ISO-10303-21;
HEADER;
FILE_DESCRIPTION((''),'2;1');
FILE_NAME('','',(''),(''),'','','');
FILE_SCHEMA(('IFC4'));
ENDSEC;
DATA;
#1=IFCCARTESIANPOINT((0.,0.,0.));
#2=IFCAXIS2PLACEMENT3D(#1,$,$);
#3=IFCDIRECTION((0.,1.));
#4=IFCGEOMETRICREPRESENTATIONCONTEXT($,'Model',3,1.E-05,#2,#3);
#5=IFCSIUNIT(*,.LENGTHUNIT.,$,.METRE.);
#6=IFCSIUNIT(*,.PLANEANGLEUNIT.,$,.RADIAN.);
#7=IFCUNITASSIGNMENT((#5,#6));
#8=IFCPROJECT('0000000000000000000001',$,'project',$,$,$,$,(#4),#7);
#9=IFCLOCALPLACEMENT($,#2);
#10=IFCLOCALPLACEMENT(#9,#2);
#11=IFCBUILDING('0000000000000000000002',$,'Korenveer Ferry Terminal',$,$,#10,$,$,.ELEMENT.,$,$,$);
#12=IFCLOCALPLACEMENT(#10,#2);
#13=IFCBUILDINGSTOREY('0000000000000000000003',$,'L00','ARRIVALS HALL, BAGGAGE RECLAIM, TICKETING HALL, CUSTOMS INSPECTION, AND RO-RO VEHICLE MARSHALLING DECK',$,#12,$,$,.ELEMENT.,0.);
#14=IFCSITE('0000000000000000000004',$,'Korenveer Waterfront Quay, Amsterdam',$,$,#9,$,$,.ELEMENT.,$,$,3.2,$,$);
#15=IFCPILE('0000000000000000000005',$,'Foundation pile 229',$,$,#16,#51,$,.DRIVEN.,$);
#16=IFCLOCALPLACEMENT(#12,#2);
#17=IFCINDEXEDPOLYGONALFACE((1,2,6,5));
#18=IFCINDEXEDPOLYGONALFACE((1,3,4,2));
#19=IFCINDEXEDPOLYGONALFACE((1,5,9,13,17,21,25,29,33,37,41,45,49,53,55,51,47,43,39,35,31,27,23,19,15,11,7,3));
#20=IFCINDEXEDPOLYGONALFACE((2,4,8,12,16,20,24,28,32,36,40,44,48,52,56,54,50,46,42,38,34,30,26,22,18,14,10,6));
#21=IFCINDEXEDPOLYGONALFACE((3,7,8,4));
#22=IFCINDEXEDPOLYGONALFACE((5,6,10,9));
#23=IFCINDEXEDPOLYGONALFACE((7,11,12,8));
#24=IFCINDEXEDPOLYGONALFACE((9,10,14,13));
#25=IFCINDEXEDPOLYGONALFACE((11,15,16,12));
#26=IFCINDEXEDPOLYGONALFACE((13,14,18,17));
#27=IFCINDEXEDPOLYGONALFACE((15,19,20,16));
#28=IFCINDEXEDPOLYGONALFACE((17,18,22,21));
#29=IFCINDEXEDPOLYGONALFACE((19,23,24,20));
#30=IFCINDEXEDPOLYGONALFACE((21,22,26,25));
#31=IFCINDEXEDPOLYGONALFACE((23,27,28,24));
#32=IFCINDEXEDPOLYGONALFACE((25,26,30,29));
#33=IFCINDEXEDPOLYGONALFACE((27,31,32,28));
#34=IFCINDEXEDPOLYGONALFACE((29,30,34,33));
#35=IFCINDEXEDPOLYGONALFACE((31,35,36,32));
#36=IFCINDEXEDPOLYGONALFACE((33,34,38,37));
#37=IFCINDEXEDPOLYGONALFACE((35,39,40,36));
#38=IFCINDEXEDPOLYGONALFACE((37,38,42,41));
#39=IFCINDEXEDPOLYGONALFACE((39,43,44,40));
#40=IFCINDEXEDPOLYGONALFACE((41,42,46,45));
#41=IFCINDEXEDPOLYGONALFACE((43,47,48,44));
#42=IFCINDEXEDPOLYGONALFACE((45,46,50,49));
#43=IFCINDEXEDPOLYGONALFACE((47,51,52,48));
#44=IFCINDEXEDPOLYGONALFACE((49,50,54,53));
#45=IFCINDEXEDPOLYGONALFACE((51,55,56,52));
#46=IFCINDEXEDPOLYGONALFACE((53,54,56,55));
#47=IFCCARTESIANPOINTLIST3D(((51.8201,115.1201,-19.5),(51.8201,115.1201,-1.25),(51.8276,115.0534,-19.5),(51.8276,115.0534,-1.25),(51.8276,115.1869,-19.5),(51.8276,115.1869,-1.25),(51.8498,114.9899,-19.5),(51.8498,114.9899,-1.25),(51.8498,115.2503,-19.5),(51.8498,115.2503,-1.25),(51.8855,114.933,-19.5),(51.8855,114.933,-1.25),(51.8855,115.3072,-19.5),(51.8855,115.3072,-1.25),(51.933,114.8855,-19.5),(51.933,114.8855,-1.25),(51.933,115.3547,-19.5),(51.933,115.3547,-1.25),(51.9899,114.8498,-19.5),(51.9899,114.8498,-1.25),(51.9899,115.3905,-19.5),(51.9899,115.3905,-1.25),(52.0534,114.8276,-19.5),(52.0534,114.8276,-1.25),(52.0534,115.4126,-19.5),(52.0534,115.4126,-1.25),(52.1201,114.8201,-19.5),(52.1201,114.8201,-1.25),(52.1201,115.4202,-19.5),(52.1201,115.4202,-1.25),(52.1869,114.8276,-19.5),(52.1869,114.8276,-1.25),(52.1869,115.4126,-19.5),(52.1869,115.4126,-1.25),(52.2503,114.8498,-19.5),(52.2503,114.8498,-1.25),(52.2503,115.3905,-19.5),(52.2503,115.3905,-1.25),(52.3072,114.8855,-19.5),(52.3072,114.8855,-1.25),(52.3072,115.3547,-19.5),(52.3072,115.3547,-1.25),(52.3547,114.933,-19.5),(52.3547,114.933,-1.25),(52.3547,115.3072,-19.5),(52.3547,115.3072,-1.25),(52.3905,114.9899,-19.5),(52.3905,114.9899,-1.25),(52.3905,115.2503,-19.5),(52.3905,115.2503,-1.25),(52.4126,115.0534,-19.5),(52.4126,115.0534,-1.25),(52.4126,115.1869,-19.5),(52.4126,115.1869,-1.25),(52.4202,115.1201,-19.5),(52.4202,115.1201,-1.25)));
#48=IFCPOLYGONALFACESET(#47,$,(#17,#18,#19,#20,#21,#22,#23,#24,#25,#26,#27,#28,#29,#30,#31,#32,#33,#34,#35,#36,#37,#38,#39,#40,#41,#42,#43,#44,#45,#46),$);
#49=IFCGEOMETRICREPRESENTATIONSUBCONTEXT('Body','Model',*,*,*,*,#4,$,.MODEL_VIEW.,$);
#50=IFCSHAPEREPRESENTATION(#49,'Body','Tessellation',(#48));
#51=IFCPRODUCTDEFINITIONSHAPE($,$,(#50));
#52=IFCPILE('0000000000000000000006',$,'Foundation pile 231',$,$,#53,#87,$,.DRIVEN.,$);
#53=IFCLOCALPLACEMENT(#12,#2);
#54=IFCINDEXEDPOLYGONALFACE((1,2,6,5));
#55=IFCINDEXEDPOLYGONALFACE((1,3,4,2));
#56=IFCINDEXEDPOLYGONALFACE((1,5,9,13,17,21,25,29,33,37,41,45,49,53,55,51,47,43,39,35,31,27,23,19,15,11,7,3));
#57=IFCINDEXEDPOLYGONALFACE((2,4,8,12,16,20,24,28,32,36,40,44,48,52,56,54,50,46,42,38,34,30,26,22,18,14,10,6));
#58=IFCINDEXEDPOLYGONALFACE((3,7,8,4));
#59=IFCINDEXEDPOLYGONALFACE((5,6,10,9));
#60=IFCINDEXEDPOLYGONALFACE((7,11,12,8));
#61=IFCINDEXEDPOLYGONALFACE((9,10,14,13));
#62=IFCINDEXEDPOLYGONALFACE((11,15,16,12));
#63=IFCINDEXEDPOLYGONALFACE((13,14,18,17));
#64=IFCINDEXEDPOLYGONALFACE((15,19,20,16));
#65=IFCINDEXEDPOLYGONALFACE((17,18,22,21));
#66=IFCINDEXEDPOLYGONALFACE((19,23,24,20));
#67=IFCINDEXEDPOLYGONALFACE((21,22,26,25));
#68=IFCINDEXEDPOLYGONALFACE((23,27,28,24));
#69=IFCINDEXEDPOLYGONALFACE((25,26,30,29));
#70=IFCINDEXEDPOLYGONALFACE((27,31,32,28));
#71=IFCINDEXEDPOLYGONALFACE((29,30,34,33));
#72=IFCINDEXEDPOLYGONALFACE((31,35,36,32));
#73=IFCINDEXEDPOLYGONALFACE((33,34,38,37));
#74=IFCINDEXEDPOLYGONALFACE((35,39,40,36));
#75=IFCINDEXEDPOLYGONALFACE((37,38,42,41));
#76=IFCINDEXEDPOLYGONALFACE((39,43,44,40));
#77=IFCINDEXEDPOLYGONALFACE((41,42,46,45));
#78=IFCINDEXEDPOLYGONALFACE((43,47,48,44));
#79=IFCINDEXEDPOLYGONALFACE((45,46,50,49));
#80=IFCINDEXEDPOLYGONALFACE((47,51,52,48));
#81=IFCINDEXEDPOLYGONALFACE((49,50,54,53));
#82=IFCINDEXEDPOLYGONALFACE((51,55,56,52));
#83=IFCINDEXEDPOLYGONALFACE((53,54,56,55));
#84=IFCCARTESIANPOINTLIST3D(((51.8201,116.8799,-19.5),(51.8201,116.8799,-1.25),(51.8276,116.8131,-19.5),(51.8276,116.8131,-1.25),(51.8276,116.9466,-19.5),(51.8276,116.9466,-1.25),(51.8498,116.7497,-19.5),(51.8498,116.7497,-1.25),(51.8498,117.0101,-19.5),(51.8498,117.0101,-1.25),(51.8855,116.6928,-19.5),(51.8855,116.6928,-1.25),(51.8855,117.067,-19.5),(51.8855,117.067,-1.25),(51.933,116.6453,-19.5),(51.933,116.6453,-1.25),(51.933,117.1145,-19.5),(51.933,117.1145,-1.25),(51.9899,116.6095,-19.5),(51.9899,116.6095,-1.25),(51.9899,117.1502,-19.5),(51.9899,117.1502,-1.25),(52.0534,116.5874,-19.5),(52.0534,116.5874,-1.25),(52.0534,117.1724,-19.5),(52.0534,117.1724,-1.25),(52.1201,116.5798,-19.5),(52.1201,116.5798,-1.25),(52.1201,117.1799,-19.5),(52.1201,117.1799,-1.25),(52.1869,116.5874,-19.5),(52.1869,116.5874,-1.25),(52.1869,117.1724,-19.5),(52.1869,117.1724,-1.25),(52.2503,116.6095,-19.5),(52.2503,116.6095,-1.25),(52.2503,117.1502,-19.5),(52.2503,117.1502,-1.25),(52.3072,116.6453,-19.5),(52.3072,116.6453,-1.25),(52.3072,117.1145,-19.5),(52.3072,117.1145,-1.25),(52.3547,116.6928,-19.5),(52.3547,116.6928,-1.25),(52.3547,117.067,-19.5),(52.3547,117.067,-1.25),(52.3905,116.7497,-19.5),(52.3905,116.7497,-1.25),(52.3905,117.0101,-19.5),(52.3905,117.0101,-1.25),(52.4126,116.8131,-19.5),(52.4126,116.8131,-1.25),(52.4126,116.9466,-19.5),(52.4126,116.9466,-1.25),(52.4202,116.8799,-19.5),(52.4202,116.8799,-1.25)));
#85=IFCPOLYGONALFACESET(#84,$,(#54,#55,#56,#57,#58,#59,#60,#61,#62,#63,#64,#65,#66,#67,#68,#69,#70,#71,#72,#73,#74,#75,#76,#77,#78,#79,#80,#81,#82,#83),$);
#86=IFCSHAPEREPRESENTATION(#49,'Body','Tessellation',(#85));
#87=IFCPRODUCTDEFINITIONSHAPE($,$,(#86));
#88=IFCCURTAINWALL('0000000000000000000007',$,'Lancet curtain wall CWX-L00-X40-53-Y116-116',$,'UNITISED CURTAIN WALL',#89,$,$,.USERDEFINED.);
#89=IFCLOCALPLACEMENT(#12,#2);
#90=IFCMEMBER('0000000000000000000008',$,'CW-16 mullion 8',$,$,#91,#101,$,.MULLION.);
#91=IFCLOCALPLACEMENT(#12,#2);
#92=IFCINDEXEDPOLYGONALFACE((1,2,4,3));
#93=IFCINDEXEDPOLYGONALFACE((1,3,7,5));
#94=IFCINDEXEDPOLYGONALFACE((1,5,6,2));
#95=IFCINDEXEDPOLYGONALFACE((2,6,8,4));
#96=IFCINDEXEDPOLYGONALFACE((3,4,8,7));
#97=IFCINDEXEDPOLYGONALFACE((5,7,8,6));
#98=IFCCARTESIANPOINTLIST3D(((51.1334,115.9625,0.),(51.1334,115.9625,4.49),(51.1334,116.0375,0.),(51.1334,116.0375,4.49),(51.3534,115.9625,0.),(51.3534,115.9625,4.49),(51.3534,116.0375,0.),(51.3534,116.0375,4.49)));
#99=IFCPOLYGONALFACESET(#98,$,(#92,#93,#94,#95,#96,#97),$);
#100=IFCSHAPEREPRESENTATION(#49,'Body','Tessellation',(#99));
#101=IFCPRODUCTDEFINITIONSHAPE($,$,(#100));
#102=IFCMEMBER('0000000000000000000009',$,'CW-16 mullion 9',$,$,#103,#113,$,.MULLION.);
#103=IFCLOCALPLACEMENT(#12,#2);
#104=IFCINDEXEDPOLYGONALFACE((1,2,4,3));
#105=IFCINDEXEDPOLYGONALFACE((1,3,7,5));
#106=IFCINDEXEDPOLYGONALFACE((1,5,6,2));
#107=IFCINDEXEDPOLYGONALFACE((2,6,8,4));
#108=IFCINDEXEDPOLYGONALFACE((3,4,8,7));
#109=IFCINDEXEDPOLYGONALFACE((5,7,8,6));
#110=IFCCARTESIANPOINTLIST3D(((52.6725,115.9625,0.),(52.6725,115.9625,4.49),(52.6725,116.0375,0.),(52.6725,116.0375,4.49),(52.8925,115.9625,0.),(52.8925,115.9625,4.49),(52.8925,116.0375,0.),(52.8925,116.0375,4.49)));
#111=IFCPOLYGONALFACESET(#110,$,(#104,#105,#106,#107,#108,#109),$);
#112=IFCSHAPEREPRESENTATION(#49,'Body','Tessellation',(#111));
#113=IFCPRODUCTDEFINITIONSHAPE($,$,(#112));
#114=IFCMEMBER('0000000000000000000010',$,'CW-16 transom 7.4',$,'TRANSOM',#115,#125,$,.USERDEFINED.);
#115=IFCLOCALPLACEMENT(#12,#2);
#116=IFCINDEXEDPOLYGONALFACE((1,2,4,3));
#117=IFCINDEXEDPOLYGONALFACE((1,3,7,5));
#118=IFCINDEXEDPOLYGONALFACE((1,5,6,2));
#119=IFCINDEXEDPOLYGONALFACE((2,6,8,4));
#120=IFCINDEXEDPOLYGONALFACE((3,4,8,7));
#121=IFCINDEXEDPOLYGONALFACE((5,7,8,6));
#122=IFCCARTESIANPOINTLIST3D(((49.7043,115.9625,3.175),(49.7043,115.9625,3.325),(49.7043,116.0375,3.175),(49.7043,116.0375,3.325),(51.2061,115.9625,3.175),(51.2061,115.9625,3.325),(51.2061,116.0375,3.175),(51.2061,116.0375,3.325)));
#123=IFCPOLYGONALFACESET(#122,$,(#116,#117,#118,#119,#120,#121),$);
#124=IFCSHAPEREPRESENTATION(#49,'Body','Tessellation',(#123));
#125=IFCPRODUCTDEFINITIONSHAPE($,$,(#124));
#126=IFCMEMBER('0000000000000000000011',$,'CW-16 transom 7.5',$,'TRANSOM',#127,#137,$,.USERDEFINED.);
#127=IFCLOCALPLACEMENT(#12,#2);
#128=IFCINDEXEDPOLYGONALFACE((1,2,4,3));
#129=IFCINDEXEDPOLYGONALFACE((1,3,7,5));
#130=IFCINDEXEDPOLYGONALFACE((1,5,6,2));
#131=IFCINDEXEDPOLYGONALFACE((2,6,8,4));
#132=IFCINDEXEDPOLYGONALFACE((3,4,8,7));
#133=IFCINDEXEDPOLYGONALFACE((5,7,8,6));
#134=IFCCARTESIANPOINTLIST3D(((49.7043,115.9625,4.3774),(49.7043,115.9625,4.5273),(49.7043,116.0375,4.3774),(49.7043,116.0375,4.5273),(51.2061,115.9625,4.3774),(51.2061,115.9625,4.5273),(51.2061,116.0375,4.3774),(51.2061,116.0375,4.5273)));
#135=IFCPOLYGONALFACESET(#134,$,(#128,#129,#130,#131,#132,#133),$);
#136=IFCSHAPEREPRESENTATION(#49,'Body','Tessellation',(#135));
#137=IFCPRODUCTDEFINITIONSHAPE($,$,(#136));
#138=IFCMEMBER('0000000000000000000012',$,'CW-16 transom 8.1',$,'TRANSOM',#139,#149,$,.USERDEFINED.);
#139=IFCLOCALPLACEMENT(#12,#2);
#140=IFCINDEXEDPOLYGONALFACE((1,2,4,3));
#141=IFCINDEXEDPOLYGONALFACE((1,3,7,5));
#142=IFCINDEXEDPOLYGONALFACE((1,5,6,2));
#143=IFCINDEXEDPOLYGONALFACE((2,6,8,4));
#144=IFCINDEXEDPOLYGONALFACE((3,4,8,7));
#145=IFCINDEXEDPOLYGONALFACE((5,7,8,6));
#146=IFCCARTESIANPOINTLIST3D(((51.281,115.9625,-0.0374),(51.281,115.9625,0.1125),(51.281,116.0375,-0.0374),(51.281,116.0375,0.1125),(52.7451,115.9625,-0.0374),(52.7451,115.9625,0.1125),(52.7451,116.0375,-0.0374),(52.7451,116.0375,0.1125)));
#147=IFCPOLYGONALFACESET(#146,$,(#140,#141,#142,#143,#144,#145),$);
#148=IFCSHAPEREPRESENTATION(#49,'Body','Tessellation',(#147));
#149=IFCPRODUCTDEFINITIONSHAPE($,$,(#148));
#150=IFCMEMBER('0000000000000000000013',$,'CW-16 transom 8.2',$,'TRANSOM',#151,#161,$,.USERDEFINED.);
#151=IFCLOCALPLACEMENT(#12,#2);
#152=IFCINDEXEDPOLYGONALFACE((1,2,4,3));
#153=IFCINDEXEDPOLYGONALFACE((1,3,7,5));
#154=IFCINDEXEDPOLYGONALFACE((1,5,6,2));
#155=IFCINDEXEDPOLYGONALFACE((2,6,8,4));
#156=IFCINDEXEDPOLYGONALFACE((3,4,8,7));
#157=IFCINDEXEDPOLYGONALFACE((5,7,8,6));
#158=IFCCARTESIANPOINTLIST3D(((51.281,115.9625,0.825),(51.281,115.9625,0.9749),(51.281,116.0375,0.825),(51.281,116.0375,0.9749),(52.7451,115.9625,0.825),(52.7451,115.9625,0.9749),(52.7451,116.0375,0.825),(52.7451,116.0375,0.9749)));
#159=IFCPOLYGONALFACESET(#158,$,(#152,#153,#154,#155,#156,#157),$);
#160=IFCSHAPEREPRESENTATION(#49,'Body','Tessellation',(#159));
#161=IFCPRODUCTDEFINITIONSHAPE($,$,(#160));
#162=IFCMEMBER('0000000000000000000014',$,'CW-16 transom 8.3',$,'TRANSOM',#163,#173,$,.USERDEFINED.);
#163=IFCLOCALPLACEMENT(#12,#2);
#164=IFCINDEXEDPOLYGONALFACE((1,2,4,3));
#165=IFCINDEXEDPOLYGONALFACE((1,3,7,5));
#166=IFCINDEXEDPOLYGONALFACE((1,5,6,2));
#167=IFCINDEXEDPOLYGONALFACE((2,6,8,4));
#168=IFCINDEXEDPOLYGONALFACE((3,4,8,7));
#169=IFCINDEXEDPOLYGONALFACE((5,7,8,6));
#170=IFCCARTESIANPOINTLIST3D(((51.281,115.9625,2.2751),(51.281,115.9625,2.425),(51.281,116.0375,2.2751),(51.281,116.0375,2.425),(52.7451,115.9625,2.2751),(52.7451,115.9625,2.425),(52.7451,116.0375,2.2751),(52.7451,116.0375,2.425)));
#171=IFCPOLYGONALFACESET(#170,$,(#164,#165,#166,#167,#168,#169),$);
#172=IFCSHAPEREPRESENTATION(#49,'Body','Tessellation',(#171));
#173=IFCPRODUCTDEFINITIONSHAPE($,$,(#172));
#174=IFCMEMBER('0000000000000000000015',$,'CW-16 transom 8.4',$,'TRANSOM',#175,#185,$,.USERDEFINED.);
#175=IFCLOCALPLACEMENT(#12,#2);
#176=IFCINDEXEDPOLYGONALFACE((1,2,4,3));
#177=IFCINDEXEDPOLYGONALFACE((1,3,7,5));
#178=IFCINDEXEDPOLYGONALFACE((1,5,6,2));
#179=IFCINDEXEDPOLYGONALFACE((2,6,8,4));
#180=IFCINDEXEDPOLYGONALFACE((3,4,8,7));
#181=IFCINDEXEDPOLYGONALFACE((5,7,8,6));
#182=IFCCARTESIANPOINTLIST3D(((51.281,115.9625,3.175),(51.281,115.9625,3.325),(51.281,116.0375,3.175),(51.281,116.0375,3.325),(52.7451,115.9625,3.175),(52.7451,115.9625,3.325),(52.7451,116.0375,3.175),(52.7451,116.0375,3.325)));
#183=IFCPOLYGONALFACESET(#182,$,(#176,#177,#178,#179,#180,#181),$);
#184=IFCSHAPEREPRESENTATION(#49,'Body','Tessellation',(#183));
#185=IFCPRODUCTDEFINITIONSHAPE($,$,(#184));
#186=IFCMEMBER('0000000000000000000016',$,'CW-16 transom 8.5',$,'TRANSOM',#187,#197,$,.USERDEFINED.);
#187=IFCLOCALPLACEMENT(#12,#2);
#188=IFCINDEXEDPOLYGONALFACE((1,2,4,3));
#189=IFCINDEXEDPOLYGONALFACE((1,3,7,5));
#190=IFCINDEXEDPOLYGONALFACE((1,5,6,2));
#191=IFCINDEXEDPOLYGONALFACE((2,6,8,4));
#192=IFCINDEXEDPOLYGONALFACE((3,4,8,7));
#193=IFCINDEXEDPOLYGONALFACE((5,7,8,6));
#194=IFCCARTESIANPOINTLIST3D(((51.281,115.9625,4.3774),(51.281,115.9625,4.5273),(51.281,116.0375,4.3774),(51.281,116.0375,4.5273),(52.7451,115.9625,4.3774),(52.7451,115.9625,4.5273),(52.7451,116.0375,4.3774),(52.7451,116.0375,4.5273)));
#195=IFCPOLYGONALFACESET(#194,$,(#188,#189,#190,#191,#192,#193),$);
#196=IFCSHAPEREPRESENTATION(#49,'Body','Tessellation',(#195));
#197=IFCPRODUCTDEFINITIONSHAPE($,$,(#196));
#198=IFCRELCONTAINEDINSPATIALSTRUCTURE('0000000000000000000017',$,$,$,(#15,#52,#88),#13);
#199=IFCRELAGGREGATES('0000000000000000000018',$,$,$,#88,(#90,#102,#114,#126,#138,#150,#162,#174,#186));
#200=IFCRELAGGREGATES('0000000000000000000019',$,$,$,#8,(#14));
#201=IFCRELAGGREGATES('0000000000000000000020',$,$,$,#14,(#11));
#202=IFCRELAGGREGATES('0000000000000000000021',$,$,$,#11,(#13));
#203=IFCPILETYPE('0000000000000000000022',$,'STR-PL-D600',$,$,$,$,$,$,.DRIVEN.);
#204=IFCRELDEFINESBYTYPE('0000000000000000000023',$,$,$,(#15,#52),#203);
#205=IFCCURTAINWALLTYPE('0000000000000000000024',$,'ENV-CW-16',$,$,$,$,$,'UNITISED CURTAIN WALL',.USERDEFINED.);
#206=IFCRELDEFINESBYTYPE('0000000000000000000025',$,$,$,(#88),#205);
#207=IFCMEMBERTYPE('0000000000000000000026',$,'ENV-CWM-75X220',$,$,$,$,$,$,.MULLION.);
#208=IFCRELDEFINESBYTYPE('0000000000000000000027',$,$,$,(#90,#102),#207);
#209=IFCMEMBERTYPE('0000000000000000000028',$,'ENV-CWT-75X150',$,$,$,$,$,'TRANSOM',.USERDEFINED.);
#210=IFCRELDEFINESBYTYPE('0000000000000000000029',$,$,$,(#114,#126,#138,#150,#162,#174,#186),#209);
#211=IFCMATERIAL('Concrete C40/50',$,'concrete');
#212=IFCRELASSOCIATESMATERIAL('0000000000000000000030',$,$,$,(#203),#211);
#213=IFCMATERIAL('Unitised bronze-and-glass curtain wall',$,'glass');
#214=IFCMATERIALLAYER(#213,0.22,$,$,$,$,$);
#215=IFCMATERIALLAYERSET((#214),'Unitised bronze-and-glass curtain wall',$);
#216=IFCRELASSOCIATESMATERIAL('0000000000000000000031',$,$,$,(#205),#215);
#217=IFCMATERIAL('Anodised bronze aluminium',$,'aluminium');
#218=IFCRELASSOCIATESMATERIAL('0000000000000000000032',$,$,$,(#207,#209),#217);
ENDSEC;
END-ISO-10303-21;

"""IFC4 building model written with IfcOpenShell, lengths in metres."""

from ifc_helpers import new_model, si_unit, direction, frame, origin, origin_2d, place, context, subcontext, project, spatial, rectangle, circle, extrude, material, layer, layer_set, material_profile, profile_set, type_object, element, aggregate, save


model = new_model("IFC4")

# Units and contexts
model_context = context("Model", 3, precision=1e-05, world=origin(), true_north=direction((0.0, 1.0)))
body_context = subcontext(model_context, "Body", "Model", "MODEL_VIEW")
ifc_project = project(units=[si_unit("LENGTHUNIT", "METRE"), si_unit("PLANEANGLEUNIT", "RADIAN")], contexts=[model_context])

# Site, building, storey
site_placement = place(None, origin())
site = spatial("IfcSite", under=ifc_project, at=site_placement, Name="Korenveer Waterfront Quay, Amsterdam", CompositionType="ELEMENT", RefElevation=3.2)
building_placement = place(site_placement, origin())
building = spatial("IfcBuilding", under=site, at=building_placement, Name="Korenveer Ferry Terminal", CompositionType="ELEMENT")
storey_placement = place(building_placement, origin())
storey = spatial("IfcBuildingStorey", under=building, at=storey_placement, Name="L00", Description="ARRIVALS HALL, BAGGAGE RECLAIM, TICKETING HALL, CUSTOMS INSPECTION, AND RO-RO VEHICLE MARSHALLING DECK", CompositionType="ELEMENT", Elevation=0.0)

# Piles
ifc_material_1 = material(Name="Concrete C40/50", Category="concrete")
ifc_material_profile_1 = material_profile(ifc_material_1, circle(Radius=0.3, at=origin_2d()), Name="PILE D600")
ifc_profile_set_1 = profile_set([ifc_material_profile_1], Name="Concrete C40/50")
pile_type = type_object("IfcPileType", Name="STR-PL-D600", PredefinedType="DRIVEN", material=ifc_profile_set_1)
for number, where, z_axis, x_axis, name in (
    (1, (52.1201, 115.1201, -1.25), (0.0, 0.0, -1.0), (1.0, 0.0, 0.0), "Foundation pile 229"),
    (2, (52.1201, 116.8799, -1.25), (0.0, 0.0, -1.0), (1.0, 0.0, 0.0), "Foundation pile 231"),
):
    element("IfcPile", number, at=place(storey_placement, frame(where, z_axis=z_axis, x_axis=x_axis)), inside=storey, type_object=pile_type, Name=name, PredefinedType="DRIVEN", context=body_context, shape_type="SweptSolid", body=[
        extrude(circle(Radius=0.3, at=origin_2d()), origin(), (0.0, 0.0, 1.0), 18.25),
    ])

# Curtain wall, members
ifc_material_2 = material(Name="Unitised bronze-and-glass curtain wall", Category="glass")
ifc_layer_1 = layer(ifc_material_2, 0.22)
ifc_layer_set_1 = layer_set([ifc_layer_1], Name="Unitised bronze-and-glass curtain wall")
curtain_wall_type_1 = type_object("IfcCurtainWallType", Name="ENV-CW-16", ElementType="UNITISED CURTAIN WALL", PredefinedType="USERDEFINED", material=ifc_layer_set_1)
curtain_wall_1_placement = place(storey_placement, frame((40.2078, 116.0, 0.0)))
curtain_wall_1 = element("IfcCurtainWall", 3, at=curtain_wall_1_placement, inside=storey, type_object=curtain_wall_type_1, Name="Lancet curtain wall CWX-L00-X40-53-Y116-116", ObjectType="UNITISED CURTAIN WALL", PredefinedType="USERDEFINED")
ifc_material_3 = material(Name="Anodised bronze aluminium", Category="aluminium")
ifc_material_profile_2 = material_profile(ifc_material_3, rectangle(XDim=0.075, YDim=0.22, at=origin_2d()), Name="ALU 75x220")
ifc_profile_set_2 = profile_set([ifc_material_profile_2], Name="Anodised bronze aluminium")
member_type_1 = type_object("IfcMemberType", Name="ENV-CWM-75X220", PredefinedType="MULLION", material=ifc_profile_set_2)
member_1_placement = place(storey_placement, frame((51.2434, 116.0, 0.0), z_axis=(0.0, 0.0, 1.0), x_axis=(0.0, 1.0, 0.0)))
member_1 = element("IfcMember", 4, at=member_1_placement, type_object=member_type_1, Name="CW-16 mullion 8", PredefinedType="MULLION", context=body_context, shape_type="SweptSolid", body=[
    extrude(rectangle(XDim=0.075, YDim=0.22, at=origin_2d()), origin(), (0.0, 0.0, 1.0), 4.49),
])
member_2_placement = place(storey_placement, frame((52.7825, 116.0, 0.0), z_axis=(0.0, 0.0, 1.0), x_axis=(0.0, 1.0, 0.0)))
member_2 = element("IfcMember", 5, at=member_2_placement, type_object=member_type_1, Name="CW-16 mullion 9", PredefinedType="MULLION", context=body_context, shape_type="SweptSolid", body=[
    extrude(rectangle(XDim=0.075, YDim=0.22, at=origin_2d()), origin(), (0.0, 0.0, 1.0), 4.49),
])
ifc_material_profile_3 = material_profile(ifc_material_3, rectangle(XDim=0.075, YDim=0.1499, at=origin_2d()), Name="ALU 75x150")
ifc_profile_set_3 = profile_set([ifc_material_profile_3], Name="Anodised bronze aluminium")
member_type_2 = type_object("IfcMemberType", Name="ENV-CWT-75X150", ElementType="TRANSOM", PredefinedType="USERDEFINED", material=ifc_profile_set_3)
member_3_placement = place(storey_placement, frame((49.7043, 116.0, 3.25), z_axis=(1.0, 0.0, 0.0), x_axis=(0.0, 1.0, 0.0)))
member_3 = element("IfcMember", 6, at=member_3_placement, type_object=member_type_2, Name="CW-16 transom 7.4", ObjectType="TRANSOM", PredefinedType="USERDEFINED", context=body_context, shape_type="SweptSolid", body=[
    extrude(rectangle(XDim=0.075, YDim=0.1499, at=origin_2d()), origin(), (0.0, 0.0, 1.0), 1.5017),
])
member_4_placement = place(storey_placement, frame((49.7043, 116.0, 4.4524), z_axis=(1.0, 0.0, 0.0), x_axis=(0.0, 1.0, 0.0)))
member_4 = element("IfcMember", 7, at=member_4_placement, type_object=member_type_2, Name="CW-16 transom 7.5", ObjectType="TRANSOM", PredefinedType="USERDEFINED", context=body_context, shape_type="SweptSolid", body=[
    extrude(rectangle(XDim=0.075, YDim=0.1499, at=origin_2d()), origin(), (0.0, 0.0, 1.0), 1.5017),
])
member_5_placement = place(storey_placement, frame((51.281, 116.0, 0.0376), z_axis=(1.0, 0.0, 0.0), x_axis=(0.0, 1.0, 0.0)))
member_5 = element("IfcMember", 8, at=member_5_placement, type_object=member_type_2, Name="CW-16 transom 8.1", ObjectType="TRANSOM", PredefinedType="USERDEFINED", context=body_context, shape_type="SweptSolid", body=[
    extrude(rectangle(XDim=0.075, YDim=0.1499, at=origin_2d()), origin(), (0.0, 0.0, 1.0), 1.4641),
])
member_6_placement = place(storey_placement, frame((51.281, 116.0, 0.8999), z_axis=(1.0, 0.0, 0.0), x_axis=(0.0, 1.0, 0.0)))
member_6 = element("IfcMember", 9, at=member_6_placement, type_object=member_type_2, Name="CW-16 transom 8.2", ObjectType="TRANSOM", PredefinedType="USERDEFINED", context=body_context, shape_type="SweptSolid", body=[
    extrude(rectangle(XDim=0.075, YDim=0.1499, at=origin_2d()), origin(), (0.0, 0.0, 1.0), 1.4641),
])
member_7_placement = place(storey_placement, frame((51.281, 116.0, 2.3501), z_axis=(1.0, 0.0, 0.0), x_axis=(0.0, 1.0, 0.0)))
member_7 = element("IfcMember", 10, at=member_7_placement, type_object=member_type_2, Name="CW-16 transom 8.3", ObjectType="TRANSOM", PredefinedType="USERDEFINED", context=body_context, shape_type="SweptSolid", body=[
    extrude(rectangle(XDim=0.075, YDim=0.1499, at=origin_2d()), origin(), (0.0, 0.0, 1.0), 1.4641),
])
member_8_placement = place(storey_placement, frame((51.281, 116.0, 3.25), z_axis=(1.0, 0.0, 0.0), x_axis=(0.0, 1.0, 0.0)))
member_8 = element("IfcMember", 11, at=member_8_placement, type_object=member_type_2, Name="CW-16 transom 8.4", ObjectType="TRANSOM", PredefinedType="USERDEFINED", context=body_context, shape_type="SweptSolid", body=[
    extrude(rectangle(XDim=0.075, YDim=0.1499, at=origin_2d()), origin(), (0.0, 0.0, 1.0), 1.4641),
])
member_9_placement = place(storey_placement, frame((51.281, 116.0, 4.4524), z_axis=(1.0, 0.0, 0.0), x_axis=(0.0, 1.0, 0.0)))
member_9 = element("IfcMember", 12, at=member_9_placement, type_object=member_type_2, Name="CW-16 transom 8.5", ObjectType="TRANSOM", PredefinedType="USERDEFINED", context=body_context, shape_type="SweptSolid", body=[
    extrude(rectangle(XDim=0.075, YDim=0.1499, at=origin_2d()), origin(), (0.0, 0.0, 1.0), 1.4641),
])

aggregate(curtain_wall_1, [member_1, member_2, member_3, member_4, member_5, member_6, member_7, member_8, member_9])

save(model, "model.ifc")
